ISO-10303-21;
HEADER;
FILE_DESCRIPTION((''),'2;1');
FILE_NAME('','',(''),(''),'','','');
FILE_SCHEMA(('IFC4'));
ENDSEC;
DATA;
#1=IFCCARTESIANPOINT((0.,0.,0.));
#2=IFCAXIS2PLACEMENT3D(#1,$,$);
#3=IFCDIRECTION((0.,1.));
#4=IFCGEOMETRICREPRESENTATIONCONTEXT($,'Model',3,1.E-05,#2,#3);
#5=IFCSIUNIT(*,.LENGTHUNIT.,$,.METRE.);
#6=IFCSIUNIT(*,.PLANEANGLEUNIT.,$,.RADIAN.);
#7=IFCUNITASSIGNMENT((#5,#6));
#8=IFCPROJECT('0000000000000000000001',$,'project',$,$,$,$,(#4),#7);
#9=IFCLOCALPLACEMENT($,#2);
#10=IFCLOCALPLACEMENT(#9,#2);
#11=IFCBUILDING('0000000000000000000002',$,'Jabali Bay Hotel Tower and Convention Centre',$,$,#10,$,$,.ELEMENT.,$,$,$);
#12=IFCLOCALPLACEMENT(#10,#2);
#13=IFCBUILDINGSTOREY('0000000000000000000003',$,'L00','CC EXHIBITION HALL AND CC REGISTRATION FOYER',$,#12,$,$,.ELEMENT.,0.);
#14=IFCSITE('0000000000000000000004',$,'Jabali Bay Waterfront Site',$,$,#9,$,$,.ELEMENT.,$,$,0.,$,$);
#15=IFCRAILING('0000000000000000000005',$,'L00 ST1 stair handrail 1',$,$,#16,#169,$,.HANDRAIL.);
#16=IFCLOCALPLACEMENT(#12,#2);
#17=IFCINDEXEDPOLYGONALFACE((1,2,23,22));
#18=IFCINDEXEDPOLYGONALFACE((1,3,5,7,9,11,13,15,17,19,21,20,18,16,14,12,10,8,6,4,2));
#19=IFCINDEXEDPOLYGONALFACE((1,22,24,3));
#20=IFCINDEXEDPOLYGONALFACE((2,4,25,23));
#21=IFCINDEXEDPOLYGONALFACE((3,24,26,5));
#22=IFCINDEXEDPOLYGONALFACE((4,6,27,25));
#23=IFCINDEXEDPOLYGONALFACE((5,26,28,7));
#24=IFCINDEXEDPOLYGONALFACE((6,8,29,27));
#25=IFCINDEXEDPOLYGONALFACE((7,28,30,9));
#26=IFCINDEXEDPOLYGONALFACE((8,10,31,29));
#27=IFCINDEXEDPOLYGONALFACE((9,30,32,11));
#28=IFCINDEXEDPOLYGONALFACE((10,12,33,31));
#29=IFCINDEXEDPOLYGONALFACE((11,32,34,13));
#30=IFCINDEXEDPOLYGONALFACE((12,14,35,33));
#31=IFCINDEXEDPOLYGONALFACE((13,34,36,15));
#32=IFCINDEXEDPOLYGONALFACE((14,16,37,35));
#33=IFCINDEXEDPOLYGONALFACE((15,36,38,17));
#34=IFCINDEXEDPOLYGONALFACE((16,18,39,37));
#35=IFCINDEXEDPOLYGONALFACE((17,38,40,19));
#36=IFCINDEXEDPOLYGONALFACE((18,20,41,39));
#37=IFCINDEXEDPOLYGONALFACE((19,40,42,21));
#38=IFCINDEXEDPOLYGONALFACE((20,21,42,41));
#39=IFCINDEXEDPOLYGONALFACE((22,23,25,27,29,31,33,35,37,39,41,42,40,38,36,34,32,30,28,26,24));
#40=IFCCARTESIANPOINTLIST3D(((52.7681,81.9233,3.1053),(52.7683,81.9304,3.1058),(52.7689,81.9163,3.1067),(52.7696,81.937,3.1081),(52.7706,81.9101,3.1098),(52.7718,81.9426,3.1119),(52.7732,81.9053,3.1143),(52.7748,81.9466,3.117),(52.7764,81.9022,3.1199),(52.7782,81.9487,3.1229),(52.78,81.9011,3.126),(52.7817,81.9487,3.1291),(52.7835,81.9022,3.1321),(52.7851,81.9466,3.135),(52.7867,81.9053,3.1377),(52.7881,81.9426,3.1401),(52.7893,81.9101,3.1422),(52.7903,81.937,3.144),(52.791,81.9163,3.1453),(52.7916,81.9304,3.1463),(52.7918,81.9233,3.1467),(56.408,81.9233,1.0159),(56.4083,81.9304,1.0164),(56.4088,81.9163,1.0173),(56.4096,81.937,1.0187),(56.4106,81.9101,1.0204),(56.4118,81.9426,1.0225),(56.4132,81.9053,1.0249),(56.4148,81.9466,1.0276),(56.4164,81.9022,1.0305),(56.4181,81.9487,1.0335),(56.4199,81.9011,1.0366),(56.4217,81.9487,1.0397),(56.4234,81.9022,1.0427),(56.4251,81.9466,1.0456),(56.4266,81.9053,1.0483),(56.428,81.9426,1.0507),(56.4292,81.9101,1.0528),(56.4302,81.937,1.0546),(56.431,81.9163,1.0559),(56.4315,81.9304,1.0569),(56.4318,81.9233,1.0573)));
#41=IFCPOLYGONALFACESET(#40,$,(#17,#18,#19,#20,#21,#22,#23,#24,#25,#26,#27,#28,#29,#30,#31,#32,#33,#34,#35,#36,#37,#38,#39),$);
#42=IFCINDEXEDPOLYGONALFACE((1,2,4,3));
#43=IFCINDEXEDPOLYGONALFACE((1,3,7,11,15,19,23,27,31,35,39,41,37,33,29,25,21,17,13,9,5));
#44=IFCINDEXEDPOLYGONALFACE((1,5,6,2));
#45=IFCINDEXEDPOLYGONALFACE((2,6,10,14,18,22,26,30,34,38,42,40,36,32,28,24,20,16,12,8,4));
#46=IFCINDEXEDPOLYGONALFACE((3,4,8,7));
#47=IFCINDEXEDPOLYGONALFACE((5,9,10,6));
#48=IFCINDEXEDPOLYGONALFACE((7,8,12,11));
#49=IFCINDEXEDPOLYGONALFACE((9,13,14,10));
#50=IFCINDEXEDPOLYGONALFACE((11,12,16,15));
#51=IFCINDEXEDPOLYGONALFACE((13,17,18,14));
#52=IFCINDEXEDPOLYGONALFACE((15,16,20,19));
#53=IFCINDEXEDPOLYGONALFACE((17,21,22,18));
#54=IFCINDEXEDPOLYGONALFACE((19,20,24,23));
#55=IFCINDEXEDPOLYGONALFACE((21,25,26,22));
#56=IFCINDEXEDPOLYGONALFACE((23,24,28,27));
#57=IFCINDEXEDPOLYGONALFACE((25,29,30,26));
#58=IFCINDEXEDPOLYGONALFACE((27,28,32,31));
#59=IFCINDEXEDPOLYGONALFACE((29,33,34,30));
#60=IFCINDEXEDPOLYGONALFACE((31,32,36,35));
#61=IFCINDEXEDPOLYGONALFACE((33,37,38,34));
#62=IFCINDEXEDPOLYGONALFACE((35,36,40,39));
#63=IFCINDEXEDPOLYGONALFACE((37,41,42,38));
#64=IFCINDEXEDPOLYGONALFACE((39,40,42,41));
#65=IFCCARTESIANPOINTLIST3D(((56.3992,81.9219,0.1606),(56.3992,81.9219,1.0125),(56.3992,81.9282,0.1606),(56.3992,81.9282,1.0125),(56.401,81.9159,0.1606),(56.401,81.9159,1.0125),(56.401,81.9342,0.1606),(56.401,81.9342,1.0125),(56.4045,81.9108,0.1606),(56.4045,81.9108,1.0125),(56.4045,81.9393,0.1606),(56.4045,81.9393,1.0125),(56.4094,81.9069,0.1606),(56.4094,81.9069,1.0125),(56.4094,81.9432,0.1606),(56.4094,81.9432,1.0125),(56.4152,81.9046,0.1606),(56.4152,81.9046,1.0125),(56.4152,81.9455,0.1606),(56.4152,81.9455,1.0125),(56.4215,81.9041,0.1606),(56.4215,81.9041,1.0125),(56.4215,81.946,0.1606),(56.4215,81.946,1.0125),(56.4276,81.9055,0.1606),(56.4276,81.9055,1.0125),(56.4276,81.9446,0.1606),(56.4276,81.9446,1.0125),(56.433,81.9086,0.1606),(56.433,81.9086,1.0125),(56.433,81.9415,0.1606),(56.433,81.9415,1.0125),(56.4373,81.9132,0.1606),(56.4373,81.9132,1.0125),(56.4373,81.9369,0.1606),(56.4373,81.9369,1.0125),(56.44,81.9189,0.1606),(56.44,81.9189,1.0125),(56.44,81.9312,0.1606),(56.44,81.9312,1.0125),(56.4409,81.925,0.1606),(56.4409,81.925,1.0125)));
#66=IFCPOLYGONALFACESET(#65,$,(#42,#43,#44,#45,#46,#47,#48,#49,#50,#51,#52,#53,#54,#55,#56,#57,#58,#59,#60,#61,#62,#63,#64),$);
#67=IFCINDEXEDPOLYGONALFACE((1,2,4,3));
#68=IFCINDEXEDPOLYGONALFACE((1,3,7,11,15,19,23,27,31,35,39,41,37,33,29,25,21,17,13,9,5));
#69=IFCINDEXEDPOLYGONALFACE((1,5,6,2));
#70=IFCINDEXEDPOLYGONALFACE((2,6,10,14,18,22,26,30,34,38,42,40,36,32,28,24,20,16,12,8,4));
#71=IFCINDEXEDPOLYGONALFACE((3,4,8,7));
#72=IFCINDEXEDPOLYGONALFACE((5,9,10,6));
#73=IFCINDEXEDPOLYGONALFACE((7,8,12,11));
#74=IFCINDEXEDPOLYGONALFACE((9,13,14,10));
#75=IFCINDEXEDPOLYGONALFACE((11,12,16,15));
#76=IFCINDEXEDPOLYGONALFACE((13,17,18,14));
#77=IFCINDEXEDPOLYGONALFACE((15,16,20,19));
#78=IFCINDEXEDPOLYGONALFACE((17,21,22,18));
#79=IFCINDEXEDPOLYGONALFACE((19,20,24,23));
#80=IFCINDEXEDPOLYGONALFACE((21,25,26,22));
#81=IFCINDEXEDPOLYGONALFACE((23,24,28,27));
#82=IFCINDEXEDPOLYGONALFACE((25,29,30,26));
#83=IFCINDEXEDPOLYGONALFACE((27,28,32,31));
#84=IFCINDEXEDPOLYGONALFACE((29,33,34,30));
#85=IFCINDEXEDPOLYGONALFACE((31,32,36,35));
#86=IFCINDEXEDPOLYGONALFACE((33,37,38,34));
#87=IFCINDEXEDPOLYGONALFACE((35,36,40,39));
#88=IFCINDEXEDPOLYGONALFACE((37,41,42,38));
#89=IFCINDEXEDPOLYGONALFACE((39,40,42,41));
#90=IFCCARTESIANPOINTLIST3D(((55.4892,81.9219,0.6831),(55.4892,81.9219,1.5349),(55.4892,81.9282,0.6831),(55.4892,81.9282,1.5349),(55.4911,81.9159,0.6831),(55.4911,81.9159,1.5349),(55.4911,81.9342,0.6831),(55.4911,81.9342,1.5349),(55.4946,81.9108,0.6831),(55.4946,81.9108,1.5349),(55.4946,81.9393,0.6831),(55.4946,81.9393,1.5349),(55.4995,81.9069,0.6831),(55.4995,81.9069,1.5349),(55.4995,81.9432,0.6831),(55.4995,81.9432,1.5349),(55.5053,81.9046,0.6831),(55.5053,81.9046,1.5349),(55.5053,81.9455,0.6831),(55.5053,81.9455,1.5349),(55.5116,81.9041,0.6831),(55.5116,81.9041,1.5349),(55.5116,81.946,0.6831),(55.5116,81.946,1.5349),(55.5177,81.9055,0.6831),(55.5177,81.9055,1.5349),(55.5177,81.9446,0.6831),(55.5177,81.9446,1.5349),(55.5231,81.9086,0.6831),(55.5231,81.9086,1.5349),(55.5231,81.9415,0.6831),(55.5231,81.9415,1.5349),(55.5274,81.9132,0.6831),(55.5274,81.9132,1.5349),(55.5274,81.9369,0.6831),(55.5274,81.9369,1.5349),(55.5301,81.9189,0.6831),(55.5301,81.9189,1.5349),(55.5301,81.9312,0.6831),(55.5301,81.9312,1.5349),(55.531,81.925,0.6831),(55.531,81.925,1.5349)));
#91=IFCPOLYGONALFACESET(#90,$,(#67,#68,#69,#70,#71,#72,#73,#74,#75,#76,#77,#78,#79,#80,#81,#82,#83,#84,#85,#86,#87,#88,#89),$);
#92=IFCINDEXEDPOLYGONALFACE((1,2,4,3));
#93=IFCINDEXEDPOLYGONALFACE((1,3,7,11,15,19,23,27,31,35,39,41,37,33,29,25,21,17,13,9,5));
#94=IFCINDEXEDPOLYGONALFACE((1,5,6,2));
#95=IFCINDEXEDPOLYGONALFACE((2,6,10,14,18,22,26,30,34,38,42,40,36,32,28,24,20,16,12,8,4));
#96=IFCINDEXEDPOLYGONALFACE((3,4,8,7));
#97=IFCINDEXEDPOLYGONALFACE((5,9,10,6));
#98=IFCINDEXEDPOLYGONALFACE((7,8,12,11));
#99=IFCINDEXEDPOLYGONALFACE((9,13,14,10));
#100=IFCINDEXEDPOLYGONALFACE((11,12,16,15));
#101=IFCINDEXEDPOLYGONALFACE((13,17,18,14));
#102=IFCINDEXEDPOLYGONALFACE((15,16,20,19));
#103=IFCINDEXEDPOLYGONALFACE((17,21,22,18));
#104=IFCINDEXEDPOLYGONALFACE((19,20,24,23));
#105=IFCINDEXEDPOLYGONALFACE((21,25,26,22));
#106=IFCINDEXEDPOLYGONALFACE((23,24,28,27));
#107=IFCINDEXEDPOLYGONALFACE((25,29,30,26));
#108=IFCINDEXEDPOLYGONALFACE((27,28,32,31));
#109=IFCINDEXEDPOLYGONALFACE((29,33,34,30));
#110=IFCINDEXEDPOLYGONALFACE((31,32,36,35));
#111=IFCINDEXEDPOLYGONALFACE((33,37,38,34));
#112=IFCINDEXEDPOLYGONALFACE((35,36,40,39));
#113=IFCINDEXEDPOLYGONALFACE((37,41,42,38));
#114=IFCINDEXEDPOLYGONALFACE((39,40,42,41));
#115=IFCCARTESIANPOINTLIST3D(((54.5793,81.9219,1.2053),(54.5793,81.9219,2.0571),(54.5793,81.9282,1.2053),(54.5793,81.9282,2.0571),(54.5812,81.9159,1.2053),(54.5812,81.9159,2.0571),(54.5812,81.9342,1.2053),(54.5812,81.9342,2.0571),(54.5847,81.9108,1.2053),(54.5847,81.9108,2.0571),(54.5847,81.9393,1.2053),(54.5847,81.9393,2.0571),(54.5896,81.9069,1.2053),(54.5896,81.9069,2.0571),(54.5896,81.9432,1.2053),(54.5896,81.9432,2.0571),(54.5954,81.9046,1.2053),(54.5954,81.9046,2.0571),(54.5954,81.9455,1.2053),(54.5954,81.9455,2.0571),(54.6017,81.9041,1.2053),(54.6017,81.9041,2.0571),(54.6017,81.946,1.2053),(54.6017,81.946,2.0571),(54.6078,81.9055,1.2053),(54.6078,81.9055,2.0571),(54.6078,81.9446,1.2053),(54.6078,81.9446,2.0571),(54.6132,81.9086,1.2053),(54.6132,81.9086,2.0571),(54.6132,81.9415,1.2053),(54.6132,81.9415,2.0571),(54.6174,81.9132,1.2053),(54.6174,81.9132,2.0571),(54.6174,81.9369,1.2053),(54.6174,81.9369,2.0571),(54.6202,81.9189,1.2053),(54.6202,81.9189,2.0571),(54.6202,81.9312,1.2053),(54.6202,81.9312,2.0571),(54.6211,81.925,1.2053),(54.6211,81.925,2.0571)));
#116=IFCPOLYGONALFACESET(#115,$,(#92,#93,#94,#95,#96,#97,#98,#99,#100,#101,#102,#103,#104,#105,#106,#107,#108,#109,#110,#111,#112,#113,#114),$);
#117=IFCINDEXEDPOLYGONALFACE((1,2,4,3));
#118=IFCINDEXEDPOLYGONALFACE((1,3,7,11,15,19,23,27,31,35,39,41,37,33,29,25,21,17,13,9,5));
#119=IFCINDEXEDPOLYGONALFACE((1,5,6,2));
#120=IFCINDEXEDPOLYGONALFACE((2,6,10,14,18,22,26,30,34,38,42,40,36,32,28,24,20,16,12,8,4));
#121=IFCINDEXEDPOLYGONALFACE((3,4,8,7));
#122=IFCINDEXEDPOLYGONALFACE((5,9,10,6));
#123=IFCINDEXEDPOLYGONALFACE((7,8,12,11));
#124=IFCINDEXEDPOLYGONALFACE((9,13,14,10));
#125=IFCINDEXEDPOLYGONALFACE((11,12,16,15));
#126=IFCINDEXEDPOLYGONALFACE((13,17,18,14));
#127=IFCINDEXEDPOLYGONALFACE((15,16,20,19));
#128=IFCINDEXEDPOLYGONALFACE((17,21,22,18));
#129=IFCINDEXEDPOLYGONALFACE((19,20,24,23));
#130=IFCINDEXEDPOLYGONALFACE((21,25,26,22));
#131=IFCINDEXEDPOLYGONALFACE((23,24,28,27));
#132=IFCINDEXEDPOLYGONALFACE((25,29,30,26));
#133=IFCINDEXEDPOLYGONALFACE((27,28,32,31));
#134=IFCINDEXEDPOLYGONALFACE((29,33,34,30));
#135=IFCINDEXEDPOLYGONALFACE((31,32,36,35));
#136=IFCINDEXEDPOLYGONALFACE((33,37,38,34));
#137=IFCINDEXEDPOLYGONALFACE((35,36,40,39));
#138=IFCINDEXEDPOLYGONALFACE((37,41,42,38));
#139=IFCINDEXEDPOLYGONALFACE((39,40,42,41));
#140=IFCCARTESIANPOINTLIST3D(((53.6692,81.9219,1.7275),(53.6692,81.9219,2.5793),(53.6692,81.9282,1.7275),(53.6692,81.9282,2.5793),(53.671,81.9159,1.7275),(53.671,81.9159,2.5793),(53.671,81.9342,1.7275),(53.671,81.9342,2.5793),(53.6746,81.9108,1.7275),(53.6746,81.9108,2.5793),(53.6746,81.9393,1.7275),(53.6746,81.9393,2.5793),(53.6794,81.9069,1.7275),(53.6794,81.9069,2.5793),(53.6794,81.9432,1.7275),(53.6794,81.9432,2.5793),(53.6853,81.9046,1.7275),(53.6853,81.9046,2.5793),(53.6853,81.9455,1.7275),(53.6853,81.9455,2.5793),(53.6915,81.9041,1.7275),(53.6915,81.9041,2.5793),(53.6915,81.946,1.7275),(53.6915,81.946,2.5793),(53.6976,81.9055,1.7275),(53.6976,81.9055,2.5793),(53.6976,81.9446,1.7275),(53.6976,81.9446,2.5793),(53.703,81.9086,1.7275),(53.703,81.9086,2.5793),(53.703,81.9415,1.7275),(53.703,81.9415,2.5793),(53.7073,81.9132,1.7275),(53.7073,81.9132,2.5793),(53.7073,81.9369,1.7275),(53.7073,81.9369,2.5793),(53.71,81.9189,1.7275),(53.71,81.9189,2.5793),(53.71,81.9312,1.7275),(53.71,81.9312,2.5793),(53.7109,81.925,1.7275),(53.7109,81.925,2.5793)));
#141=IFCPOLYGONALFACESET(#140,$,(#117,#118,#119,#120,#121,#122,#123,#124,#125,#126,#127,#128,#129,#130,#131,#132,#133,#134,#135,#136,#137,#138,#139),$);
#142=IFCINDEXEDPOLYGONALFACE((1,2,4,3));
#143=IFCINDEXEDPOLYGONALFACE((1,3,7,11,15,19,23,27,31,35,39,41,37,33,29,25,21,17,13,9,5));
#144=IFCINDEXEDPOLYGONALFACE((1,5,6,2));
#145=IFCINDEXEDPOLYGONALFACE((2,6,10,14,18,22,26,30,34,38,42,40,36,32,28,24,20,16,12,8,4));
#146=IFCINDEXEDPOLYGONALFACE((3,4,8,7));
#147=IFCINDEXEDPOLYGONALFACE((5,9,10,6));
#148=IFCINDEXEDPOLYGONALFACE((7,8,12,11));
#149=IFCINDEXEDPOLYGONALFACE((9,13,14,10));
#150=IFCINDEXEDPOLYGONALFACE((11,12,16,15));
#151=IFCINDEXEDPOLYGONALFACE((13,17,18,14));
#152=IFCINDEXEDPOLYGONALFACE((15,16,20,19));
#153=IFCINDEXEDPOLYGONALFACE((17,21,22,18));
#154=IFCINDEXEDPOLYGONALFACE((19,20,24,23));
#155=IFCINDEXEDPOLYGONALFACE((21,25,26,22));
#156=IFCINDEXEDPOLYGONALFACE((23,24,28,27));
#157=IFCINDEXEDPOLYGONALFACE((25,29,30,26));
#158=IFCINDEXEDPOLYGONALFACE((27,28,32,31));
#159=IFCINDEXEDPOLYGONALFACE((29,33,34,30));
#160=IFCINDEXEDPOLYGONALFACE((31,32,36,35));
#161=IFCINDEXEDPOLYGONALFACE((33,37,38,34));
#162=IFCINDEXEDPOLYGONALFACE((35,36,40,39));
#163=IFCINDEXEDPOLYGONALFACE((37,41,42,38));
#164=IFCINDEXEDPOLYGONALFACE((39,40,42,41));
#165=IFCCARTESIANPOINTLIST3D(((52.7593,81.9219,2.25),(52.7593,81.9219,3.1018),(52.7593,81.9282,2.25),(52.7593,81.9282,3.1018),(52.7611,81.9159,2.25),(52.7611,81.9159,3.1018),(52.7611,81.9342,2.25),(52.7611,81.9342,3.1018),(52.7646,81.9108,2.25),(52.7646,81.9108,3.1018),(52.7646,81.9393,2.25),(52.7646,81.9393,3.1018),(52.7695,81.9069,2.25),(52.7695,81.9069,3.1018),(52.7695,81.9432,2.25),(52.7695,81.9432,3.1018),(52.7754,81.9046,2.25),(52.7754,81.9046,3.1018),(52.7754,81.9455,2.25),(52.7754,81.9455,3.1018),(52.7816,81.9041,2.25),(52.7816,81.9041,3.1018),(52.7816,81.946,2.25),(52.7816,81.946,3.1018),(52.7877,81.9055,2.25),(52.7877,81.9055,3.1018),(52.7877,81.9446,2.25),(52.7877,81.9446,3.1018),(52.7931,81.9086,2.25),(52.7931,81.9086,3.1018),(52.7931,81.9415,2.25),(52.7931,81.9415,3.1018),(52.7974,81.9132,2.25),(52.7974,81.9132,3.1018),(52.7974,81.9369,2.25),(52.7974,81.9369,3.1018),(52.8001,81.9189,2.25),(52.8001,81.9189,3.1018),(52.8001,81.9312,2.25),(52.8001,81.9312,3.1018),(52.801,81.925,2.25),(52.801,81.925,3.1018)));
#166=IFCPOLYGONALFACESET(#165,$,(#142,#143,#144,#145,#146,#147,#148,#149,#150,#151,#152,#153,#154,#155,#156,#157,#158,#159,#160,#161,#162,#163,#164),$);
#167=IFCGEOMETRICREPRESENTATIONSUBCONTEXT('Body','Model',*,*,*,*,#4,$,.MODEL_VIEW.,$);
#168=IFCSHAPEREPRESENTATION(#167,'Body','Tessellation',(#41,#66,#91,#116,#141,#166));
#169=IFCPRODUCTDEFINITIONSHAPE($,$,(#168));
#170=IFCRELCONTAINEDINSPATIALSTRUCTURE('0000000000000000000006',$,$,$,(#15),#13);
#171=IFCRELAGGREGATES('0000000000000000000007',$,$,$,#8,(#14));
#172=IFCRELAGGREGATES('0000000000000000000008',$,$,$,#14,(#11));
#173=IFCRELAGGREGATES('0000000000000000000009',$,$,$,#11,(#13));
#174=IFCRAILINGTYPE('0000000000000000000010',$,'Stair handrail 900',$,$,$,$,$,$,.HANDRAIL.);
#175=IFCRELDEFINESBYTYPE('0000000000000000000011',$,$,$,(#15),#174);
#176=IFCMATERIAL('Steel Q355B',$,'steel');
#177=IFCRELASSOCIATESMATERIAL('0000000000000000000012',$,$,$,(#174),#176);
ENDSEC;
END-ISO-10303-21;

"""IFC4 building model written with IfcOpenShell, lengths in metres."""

from ifc_helpers import new_model, si_unit, direction, frame, origin, origin_2d, place, context, subcontext, project, spatial, circle, extrude, material, type_object, element, save


model = new_model("IFC4")

# Units and contexts
model_context = context("Model", 3, precision=1e-05, world=origin(), true_north=direction((0.0, 1.0)))
body_context = subcontext(model_context, "Body", "Model", "MODEL_VIEW")
ifc_project = project(units=[si_unit("LENGTHUNIT", "METRE"), si_unit("PLANEANGLEUNIT", "RADIAN")], contexts=[model_context])

# Site, building, storey
site_placement = place(None, origin())
site = spatial("IfcSite", under=ifc_project, at=site_placement, Name="Jabali Bay Waterfront Site", CompositionType="ELEMENT", RefElevation=0.0)
building_placement = place(site_placement, origin())
building = spatial("IfcBuilding", under=site, at=building_placement, Name="Jabali Bay Hotel Tower and Convention Centre", CompositionType="ELEMENT")
storey_placement = place(building_placement, origin())
storey = spatial("IfcBuildingStorey", under=building, at=storey_placement, Name="L00", Description="CC EXHIBITION HALL AND CC REGISTRATION FOYER", CompositionType="ELEMENT", Elevation=0.0)

# Railing
ifc_material_1 = material(Name="Steel Q355B", Category="steel")
railing_type_1 = type_object("IfcRailingType", Name="Stair handrail 900", PredefinedType="HANDRAIL", material=ifc_material_1)
for number, where, name in (
    (1, (56.4199, 81.925, 0.1606), "L00 ST1 stair handrail 1"),
):
    element("IfcRailing", number, at=place(storey_placement, frame(where)), inside=storey, type_object=railing_type_1, Name=name, PredefinedType="HANDRAIL", context=body_context, shape_type="SweptSolid", body=[
        extrude(circle(Radius=0.0239, at=origin_2d()), frame((0.0, 0.0, 0.876), z_axis=(-0.867275, 0.0, 0.497829), x_axis=(0.0, -1.0, 0.0)), (0.0, 0.0, 1.0), 4.197),
        extrude(circle(Radius=0.021, at=origin_2d()), origin(), (0.0, 0.0, 1.0), 0.8518),
        extrude(circle(Radius=0.021, at=origin_2d()), frame((-0.9099, 0.0, 0.5225)), (0.0, 0.0, 1.0), 0.8518),
        extrude(circle(Radius=0.021, at=origin_2d()), frame((-1.8198, 0.0, 1.0447)), (0.0, 0.0, 1.0), 0.8518),
        extrude(circle(Radius=0.021, at=origin_2d()), frame((-2.73, 0.0, 1.5669)), (0.0, 0.0, 1.0), 0.8518),
        extrude(circle(Radius=0.021, at=origin_2d()), frame((-3.6399, 0.0, 2.0894)), (0.0, 0.0, 1.0), 0.8518),
    ])

save(model, "model.ifc")
